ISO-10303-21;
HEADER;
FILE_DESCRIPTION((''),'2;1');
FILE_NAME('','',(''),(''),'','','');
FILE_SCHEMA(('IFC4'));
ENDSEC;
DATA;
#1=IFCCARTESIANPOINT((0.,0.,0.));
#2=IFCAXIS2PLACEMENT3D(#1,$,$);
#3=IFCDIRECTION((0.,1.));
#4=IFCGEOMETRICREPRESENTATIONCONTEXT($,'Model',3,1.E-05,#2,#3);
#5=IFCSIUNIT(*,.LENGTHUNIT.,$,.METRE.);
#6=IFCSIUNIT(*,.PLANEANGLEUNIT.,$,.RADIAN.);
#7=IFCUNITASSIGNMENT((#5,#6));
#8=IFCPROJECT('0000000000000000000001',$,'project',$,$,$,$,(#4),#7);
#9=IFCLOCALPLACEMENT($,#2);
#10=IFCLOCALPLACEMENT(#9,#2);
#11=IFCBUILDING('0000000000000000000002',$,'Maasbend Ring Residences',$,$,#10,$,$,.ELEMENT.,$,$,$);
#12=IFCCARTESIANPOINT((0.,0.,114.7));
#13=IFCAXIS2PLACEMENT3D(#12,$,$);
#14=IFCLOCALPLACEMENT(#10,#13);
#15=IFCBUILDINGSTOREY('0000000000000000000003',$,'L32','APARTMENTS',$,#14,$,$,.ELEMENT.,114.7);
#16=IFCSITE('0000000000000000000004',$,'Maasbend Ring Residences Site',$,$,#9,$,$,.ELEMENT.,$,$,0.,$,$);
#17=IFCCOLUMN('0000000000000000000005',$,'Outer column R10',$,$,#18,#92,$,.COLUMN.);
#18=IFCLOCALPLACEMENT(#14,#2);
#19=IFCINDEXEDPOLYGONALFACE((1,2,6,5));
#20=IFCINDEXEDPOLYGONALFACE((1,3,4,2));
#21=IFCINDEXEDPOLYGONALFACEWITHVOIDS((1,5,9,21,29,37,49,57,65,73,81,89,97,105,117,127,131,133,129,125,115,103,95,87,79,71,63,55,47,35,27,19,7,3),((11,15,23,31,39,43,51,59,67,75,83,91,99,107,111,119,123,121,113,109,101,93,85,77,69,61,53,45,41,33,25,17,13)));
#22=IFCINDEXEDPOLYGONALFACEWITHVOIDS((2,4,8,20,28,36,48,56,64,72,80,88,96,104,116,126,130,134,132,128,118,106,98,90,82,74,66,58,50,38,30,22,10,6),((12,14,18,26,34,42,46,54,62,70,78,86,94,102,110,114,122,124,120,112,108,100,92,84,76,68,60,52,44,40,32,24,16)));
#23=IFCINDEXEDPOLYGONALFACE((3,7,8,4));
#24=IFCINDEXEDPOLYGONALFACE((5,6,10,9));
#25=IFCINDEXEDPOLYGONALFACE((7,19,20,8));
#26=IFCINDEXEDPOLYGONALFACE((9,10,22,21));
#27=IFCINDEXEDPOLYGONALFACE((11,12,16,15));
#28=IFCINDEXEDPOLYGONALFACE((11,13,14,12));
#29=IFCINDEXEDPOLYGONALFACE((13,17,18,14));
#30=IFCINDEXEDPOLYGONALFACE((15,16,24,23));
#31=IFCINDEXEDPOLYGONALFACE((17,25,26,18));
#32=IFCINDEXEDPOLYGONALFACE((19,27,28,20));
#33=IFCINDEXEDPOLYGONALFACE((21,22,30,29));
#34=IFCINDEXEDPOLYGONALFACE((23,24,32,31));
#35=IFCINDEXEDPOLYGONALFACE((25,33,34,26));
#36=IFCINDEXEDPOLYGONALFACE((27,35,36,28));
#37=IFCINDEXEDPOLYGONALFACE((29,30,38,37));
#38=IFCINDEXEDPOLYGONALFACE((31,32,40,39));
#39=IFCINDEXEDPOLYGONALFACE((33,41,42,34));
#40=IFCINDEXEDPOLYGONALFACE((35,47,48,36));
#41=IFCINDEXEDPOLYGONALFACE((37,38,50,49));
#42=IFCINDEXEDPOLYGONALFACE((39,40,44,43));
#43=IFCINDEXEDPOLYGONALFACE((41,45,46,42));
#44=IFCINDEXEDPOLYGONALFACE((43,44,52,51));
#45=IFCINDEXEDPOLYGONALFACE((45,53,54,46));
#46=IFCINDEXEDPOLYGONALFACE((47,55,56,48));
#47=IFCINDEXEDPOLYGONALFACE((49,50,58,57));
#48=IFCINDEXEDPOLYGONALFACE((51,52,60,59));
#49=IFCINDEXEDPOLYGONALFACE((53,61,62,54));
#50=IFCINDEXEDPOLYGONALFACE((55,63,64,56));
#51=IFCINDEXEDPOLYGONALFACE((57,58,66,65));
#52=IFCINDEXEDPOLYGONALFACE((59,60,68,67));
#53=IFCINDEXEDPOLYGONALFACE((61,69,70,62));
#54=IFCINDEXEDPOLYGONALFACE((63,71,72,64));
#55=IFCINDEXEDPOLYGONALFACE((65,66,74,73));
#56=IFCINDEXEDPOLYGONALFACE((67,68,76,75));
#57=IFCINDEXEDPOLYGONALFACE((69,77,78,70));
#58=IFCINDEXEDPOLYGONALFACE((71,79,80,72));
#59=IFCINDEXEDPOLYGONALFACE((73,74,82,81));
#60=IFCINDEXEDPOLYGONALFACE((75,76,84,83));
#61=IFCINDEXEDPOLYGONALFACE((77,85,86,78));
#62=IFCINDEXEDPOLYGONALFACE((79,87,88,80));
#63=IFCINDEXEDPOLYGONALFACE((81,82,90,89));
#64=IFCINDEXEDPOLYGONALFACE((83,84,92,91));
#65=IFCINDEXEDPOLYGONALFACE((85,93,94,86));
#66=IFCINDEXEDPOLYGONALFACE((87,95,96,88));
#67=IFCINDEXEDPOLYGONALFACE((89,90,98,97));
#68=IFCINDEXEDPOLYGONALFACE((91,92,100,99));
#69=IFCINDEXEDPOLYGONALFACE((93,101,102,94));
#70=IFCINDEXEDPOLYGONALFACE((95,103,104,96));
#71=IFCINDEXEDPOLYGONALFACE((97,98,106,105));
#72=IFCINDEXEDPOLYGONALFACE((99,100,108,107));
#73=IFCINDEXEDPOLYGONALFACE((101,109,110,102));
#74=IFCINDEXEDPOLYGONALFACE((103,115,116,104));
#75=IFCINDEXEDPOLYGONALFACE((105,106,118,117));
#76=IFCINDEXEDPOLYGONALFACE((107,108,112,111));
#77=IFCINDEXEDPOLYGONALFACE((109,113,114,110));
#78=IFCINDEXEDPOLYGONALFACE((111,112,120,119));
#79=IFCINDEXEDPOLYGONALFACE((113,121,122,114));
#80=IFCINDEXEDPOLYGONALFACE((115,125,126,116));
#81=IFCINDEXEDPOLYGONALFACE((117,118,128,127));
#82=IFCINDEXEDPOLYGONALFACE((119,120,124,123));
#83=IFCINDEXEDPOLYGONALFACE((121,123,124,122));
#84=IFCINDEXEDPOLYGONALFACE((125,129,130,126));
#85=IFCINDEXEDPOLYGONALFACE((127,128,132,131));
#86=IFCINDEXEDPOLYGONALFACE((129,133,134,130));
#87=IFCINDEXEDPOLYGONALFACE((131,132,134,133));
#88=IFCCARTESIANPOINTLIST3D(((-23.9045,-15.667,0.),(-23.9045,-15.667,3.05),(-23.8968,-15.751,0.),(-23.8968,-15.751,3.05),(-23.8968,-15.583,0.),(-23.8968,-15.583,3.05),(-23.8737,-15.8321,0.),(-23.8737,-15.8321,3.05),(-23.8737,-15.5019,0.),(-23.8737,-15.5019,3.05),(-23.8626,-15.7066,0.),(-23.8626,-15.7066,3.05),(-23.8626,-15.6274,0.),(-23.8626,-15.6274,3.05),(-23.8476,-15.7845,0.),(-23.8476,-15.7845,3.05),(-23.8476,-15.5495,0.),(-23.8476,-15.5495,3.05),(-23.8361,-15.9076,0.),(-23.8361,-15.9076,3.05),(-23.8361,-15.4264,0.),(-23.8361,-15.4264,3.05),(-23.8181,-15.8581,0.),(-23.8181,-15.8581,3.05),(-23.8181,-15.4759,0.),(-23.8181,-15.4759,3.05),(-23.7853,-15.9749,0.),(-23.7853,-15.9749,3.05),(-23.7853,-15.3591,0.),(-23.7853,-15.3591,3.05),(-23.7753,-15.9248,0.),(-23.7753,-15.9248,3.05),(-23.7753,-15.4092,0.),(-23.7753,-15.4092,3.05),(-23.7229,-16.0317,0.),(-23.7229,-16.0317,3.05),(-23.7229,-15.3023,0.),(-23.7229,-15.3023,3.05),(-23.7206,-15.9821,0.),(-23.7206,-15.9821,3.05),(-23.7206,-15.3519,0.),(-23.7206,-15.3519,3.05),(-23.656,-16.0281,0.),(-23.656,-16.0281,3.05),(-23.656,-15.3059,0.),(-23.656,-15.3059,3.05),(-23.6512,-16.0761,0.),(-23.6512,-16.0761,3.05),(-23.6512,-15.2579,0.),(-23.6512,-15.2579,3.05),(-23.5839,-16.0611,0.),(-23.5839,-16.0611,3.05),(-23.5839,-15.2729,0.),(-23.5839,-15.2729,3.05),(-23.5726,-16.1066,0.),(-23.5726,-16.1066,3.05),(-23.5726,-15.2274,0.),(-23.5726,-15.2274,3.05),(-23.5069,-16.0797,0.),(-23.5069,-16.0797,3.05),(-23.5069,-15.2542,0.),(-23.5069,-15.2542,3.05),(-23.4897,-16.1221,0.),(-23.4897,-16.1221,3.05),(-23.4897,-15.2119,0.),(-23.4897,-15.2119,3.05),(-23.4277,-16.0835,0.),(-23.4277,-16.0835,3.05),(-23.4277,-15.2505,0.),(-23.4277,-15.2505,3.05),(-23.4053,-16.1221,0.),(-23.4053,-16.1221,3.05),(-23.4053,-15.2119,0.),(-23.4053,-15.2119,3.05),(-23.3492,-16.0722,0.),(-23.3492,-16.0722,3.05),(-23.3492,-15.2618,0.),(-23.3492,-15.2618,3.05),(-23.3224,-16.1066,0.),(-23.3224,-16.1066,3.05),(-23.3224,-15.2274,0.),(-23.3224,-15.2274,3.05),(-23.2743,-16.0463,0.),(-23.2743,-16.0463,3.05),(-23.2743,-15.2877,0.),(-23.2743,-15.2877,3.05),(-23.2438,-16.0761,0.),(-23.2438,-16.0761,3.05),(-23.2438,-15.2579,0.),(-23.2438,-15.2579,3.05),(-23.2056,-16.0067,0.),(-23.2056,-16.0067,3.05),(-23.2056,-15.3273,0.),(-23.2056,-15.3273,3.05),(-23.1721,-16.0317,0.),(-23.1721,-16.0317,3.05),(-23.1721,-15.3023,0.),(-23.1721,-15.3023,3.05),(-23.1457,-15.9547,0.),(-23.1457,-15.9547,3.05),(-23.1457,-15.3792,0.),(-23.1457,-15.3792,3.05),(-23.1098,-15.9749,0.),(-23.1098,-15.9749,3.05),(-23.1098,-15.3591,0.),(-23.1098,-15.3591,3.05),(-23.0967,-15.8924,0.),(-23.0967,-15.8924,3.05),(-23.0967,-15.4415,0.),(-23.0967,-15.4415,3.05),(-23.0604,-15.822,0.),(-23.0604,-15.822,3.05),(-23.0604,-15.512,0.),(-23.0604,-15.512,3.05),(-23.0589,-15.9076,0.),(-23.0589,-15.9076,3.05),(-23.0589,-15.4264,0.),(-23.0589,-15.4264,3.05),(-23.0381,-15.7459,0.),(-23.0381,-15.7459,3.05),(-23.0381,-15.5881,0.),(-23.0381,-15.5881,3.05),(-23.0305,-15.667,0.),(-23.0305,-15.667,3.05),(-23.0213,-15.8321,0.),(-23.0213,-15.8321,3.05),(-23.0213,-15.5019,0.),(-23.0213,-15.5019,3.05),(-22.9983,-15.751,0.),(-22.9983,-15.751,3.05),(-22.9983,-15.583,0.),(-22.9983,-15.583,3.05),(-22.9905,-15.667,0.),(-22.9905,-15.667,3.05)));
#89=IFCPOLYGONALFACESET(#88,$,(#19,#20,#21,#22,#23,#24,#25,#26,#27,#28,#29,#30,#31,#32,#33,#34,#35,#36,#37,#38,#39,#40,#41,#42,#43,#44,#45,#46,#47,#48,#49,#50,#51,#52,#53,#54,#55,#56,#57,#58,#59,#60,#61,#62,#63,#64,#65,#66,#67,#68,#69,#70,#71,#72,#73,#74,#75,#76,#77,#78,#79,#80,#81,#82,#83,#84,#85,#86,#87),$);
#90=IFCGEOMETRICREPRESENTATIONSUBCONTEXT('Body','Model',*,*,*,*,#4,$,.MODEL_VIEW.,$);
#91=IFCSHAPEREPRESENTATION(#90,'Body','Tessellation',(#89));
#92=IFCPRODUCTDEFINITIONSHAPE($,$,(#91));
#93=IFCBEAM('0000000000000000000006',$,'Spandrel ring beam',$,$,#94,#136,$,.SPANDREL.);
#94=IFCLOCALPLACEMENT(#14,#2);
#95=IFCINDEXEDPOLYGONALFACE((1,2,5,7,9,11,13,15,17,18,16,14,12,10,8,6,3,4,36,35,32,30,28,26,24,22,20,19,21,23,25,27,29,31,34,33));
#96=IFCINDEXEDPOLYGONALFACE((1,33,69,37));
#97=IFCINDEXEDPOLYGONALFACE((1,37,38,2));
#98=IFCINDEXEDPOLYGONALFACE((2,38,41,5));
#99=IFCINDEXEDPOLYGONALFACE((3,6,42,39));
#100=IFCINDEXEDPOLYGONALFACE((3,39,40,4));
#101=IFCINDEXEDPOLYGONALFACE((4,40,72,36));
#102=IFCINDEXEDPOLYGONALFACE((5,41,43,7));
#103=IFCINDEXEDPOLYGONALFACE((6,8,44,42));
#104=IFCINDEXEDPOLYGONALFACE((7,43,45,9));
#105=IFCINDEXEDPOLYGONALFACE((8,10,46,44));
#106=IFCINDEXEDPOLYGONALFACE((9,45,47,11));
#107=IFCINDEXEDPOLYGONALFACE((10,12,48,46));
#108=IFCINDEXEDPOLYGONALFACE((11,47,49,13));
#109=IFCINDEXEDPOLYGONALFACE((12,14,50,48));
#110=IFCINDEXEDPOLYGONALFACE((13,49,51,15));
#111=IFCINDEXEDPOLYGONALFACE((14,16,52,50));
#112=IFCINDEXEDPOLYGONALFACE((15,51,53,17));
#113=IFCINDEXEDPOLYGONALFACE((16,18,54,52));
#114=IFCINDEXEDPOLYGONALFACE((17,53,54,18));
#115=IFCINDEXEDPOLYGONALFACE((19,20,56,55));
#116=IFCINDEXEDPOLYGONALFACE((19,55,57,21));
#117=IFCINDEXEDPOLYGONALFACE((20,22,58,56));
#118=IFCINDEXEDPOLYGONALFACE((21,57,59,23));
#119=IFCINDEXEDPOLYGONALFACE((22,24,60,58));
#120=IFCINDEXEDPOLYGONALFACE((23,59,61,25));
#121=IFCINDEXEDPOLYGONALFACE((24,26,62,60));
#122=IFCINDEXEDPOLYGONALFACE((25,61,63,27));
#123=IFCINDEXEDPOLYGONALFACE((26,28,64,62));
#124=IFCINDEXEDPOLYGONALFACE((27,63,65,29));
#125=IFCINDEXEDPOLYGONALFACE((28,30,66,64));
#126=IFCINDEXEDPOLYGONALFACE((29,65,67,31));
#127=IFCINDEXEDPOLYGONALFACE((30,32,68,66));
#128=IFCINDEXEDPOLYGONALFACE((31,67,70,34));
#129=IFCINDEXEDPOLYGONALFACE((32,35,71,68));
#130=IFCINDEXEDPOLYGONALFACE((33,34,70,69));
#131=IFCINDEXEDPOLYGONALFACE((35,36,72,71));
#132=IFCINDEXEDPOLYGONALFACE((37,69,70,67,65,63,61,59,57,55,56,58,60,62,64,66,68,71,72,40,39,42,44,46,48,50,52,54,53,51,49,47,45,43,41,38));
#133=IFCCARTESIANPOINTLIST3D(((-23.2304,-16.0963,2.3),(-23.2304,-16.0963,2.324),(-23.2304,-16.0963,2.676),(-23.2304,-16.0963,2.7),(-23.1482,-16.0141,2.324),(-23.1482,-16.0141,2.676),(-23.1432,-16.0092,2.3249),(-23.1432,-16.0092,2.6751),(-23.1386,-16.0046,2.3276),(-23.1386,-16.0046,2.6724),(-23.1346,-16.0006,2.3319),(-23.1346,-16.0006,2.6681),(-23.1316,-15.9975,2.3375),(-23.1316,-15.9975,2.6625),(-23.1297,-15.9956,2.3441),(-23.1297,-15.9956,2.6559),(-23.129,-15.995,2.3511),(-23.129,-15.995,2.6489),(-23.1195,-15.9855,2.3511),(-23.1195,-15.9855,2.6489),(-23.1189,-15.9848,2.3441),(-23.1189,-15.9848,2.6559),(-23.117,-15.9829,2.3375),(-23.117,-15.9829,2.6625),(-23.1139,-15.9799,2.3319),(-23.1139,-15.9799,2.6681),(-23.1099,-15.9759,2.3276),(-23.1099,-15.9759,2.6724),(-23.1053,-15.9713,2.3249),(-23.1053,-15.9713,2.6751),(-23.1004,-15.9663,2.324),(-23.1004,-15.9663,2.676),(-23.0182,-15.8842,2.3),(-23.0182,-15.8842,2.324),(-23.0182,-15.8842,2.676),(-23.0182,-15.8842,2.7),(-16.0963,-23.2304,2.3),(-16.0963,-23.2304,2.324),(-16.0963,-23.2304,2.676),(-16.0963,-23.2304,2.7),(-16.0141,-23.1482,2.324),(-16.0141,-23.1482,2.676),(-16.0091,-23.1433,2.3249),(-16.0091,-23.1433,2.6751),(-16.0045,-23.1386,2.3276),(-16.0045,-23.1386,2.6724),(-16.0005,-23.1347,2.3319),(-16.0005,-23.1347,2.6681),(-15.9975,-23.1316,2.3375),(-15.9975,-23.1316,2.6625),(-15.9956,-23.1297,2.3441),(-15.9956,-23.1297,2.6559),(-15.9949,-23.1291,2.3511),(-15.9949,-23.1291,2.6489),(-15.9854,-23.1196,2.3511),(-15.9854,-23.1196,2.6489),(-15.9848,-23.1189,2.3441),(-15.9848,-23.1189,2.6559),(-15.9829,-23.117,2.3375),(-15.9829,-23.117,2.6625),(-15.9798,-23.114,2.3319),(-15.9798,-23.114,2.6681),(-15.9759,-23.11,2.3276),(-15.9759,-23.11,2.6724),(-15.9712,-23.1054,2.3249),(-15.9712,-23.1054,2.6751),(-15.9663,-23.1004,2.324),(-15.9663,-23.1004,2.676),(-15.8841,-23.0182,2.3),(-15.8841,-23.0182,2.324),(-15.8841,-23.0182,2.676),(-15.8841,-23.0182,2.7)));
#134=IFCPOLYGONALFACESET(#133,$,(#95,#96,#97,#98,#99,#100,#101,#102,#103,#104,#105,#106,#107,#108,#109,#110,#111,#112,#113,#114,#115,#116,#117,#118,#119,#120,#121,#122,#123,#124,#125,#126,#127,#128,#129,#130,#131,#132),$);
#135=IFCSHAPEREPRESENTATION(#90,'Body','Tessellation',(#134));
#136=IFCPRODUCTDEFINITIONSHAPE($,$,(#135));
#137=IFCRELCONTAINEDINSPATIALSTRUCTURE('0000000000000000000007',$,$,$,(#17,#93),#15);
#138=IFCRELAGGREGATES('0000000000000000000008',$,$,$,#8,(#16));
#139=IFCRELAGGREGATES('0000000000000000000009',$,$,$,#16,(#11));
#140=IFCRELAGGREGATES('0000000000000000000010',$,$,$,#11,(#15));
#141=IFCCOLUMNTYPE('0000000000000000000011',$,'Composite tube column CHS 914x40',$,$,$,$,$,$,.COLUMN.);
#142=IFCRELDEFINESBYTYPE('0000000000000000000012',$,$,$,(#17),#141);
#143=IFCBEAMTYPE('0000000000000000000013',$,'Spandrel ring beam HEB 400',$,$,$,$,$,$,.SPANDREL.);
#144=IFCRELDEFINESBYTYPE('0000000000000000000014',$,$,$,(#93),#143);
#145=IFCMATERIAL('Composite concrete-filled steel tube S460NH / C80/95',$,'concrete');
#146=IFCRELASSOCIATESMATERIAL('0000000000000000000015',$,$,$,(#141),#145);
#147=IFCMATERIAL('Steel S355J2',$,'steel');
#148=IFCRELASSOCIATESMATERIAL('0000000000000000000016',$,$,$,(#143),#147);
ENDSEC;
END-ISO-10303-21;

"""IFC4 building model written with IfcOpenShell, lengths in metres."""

from ifc_helpers import new_model, si_unit, direction, frame, origin, origin_2d, place, context, subcontext, project, spatial, hollow_circle, i_section, extrude, material, material_profile, profile_set, type_object, element, save


model = new_model("IFC4")

# Units and contexts
model_context = context("Model", 3, precision=1e-05, world=origin(), true_north=direction((0.0, 1.0)))
body_context = subcontext(model_context, "Body", "Model", "MODEL_VIEW")
ifc_project = project(units=[si_unit("LENGTHUNIT", "METRE"), si_unit("PLANEANGLEUNIT", "RADIAN")], contexts=[model_context])

# Site, building, storey
site_placement = place(None, origin())
site = spatial("IfcSite", under=ifc_project, at=site_placement, Name="Maasbend Ring Residences Site", CompositionType="ELEMENT", RefElevation=0.0)
building_placement = place(site_placement, origin())
building = spatial("IfcBuilding", under=site, at=building_placement, Name="Maasbend Ring Residences", CompositionType="ELEMENT")
storey_placement = place(building_placement, frame((0.0, 0.0, 114.7)))
storey = spatial("IfcBuildingStorey", under=building, at=storey_placement, Name="L32", Description="APARTMENTS", CompositionType="ELEMENT", Elevation=114.7)

# Column
ifc_material_1 = material(Name="Composite concrete-filled steel tube S460NH / C80/95", Category="concrete")
ifc_material_profile_1 = material_profile(ifc_material_1, hollow_circle(Radius=0.457, WallThickness=0.04, at=origin_2d()), Name="Composite tube column CHS 914x40")
ifc_profile_set_1 = profile_set([ifc_material_profile_1], Name="Composite concrete-filled steel tube S460NH / C80/95")
column_type = type_object("IfcColumnType", Name="Composite tube column CHS 914x40", PredefinedType="COLUMN", material=ifc_profile_set_1)
column_placement = place(storey_placement, frame((-23.4475, -15.667, 0.0), z_axis=(0.0, 0.0, 1.0), x_axis=(1.0, 0.0, 0.0)))
element("IfcColumn", 1, at=column_placement, inside=storey, type_object=column_type, Name="Outer column R10", PredefinedType="COLUMN", context=body_context, shape_type="SweptSolid", body=[
    extrude(hollow_circle(Radius=0.457, WallThickness=0.04, at=origin_2d()), origin(), (0.0, 0.0, 1.0), 3.05),
])

# Beam
ifc_material_2 = material(Name="Steel S355J2", Category="steel")
ifc_material_profile_2 = material_profile(ifc_material_2, i_section(OverallWidth=0.3, OverallDepth=0.3999, WebThickness=0.0134, FlangeThickness=0.0239, FilletRadius=0.0271, at=origin_2d()), Name="HEB 400")
ifc_profile_set_2 = profile_set([ifc_material_profile_2], Name="Steel S355J2")
beam_type = type_object("IfcBeamType", Name="Spandrel ring beam HEB 400", PredefinedType="SPANDREL", material=ifc_profile_set_2)
beam_placement = place(storey_placement, frame((-23.1243, -15.9902, 2.5), z_axis=(0.707107, -0.707107, 0.0), x_axis=(0.707107, 0.707107, 0.0)))
element("IfcBeam", 2, at=beam_placement, inside=storey, type_object=beam_type, Name="Spandrel ring beam", PredefinedType="SPANDREL", context=body_context, shape_type="SweptSolid", body=[
    extrude(i_section(OverallWidth=0.3, OverallDepth=0.3999, WebThickness=0.0134, FlangeThickness=0.0239, FilletRadius=0.0271, at=origin_2d()), origin(), (0.0, 0.0, 1.0), 10.0891),
])

save(model, "model.ifc")
